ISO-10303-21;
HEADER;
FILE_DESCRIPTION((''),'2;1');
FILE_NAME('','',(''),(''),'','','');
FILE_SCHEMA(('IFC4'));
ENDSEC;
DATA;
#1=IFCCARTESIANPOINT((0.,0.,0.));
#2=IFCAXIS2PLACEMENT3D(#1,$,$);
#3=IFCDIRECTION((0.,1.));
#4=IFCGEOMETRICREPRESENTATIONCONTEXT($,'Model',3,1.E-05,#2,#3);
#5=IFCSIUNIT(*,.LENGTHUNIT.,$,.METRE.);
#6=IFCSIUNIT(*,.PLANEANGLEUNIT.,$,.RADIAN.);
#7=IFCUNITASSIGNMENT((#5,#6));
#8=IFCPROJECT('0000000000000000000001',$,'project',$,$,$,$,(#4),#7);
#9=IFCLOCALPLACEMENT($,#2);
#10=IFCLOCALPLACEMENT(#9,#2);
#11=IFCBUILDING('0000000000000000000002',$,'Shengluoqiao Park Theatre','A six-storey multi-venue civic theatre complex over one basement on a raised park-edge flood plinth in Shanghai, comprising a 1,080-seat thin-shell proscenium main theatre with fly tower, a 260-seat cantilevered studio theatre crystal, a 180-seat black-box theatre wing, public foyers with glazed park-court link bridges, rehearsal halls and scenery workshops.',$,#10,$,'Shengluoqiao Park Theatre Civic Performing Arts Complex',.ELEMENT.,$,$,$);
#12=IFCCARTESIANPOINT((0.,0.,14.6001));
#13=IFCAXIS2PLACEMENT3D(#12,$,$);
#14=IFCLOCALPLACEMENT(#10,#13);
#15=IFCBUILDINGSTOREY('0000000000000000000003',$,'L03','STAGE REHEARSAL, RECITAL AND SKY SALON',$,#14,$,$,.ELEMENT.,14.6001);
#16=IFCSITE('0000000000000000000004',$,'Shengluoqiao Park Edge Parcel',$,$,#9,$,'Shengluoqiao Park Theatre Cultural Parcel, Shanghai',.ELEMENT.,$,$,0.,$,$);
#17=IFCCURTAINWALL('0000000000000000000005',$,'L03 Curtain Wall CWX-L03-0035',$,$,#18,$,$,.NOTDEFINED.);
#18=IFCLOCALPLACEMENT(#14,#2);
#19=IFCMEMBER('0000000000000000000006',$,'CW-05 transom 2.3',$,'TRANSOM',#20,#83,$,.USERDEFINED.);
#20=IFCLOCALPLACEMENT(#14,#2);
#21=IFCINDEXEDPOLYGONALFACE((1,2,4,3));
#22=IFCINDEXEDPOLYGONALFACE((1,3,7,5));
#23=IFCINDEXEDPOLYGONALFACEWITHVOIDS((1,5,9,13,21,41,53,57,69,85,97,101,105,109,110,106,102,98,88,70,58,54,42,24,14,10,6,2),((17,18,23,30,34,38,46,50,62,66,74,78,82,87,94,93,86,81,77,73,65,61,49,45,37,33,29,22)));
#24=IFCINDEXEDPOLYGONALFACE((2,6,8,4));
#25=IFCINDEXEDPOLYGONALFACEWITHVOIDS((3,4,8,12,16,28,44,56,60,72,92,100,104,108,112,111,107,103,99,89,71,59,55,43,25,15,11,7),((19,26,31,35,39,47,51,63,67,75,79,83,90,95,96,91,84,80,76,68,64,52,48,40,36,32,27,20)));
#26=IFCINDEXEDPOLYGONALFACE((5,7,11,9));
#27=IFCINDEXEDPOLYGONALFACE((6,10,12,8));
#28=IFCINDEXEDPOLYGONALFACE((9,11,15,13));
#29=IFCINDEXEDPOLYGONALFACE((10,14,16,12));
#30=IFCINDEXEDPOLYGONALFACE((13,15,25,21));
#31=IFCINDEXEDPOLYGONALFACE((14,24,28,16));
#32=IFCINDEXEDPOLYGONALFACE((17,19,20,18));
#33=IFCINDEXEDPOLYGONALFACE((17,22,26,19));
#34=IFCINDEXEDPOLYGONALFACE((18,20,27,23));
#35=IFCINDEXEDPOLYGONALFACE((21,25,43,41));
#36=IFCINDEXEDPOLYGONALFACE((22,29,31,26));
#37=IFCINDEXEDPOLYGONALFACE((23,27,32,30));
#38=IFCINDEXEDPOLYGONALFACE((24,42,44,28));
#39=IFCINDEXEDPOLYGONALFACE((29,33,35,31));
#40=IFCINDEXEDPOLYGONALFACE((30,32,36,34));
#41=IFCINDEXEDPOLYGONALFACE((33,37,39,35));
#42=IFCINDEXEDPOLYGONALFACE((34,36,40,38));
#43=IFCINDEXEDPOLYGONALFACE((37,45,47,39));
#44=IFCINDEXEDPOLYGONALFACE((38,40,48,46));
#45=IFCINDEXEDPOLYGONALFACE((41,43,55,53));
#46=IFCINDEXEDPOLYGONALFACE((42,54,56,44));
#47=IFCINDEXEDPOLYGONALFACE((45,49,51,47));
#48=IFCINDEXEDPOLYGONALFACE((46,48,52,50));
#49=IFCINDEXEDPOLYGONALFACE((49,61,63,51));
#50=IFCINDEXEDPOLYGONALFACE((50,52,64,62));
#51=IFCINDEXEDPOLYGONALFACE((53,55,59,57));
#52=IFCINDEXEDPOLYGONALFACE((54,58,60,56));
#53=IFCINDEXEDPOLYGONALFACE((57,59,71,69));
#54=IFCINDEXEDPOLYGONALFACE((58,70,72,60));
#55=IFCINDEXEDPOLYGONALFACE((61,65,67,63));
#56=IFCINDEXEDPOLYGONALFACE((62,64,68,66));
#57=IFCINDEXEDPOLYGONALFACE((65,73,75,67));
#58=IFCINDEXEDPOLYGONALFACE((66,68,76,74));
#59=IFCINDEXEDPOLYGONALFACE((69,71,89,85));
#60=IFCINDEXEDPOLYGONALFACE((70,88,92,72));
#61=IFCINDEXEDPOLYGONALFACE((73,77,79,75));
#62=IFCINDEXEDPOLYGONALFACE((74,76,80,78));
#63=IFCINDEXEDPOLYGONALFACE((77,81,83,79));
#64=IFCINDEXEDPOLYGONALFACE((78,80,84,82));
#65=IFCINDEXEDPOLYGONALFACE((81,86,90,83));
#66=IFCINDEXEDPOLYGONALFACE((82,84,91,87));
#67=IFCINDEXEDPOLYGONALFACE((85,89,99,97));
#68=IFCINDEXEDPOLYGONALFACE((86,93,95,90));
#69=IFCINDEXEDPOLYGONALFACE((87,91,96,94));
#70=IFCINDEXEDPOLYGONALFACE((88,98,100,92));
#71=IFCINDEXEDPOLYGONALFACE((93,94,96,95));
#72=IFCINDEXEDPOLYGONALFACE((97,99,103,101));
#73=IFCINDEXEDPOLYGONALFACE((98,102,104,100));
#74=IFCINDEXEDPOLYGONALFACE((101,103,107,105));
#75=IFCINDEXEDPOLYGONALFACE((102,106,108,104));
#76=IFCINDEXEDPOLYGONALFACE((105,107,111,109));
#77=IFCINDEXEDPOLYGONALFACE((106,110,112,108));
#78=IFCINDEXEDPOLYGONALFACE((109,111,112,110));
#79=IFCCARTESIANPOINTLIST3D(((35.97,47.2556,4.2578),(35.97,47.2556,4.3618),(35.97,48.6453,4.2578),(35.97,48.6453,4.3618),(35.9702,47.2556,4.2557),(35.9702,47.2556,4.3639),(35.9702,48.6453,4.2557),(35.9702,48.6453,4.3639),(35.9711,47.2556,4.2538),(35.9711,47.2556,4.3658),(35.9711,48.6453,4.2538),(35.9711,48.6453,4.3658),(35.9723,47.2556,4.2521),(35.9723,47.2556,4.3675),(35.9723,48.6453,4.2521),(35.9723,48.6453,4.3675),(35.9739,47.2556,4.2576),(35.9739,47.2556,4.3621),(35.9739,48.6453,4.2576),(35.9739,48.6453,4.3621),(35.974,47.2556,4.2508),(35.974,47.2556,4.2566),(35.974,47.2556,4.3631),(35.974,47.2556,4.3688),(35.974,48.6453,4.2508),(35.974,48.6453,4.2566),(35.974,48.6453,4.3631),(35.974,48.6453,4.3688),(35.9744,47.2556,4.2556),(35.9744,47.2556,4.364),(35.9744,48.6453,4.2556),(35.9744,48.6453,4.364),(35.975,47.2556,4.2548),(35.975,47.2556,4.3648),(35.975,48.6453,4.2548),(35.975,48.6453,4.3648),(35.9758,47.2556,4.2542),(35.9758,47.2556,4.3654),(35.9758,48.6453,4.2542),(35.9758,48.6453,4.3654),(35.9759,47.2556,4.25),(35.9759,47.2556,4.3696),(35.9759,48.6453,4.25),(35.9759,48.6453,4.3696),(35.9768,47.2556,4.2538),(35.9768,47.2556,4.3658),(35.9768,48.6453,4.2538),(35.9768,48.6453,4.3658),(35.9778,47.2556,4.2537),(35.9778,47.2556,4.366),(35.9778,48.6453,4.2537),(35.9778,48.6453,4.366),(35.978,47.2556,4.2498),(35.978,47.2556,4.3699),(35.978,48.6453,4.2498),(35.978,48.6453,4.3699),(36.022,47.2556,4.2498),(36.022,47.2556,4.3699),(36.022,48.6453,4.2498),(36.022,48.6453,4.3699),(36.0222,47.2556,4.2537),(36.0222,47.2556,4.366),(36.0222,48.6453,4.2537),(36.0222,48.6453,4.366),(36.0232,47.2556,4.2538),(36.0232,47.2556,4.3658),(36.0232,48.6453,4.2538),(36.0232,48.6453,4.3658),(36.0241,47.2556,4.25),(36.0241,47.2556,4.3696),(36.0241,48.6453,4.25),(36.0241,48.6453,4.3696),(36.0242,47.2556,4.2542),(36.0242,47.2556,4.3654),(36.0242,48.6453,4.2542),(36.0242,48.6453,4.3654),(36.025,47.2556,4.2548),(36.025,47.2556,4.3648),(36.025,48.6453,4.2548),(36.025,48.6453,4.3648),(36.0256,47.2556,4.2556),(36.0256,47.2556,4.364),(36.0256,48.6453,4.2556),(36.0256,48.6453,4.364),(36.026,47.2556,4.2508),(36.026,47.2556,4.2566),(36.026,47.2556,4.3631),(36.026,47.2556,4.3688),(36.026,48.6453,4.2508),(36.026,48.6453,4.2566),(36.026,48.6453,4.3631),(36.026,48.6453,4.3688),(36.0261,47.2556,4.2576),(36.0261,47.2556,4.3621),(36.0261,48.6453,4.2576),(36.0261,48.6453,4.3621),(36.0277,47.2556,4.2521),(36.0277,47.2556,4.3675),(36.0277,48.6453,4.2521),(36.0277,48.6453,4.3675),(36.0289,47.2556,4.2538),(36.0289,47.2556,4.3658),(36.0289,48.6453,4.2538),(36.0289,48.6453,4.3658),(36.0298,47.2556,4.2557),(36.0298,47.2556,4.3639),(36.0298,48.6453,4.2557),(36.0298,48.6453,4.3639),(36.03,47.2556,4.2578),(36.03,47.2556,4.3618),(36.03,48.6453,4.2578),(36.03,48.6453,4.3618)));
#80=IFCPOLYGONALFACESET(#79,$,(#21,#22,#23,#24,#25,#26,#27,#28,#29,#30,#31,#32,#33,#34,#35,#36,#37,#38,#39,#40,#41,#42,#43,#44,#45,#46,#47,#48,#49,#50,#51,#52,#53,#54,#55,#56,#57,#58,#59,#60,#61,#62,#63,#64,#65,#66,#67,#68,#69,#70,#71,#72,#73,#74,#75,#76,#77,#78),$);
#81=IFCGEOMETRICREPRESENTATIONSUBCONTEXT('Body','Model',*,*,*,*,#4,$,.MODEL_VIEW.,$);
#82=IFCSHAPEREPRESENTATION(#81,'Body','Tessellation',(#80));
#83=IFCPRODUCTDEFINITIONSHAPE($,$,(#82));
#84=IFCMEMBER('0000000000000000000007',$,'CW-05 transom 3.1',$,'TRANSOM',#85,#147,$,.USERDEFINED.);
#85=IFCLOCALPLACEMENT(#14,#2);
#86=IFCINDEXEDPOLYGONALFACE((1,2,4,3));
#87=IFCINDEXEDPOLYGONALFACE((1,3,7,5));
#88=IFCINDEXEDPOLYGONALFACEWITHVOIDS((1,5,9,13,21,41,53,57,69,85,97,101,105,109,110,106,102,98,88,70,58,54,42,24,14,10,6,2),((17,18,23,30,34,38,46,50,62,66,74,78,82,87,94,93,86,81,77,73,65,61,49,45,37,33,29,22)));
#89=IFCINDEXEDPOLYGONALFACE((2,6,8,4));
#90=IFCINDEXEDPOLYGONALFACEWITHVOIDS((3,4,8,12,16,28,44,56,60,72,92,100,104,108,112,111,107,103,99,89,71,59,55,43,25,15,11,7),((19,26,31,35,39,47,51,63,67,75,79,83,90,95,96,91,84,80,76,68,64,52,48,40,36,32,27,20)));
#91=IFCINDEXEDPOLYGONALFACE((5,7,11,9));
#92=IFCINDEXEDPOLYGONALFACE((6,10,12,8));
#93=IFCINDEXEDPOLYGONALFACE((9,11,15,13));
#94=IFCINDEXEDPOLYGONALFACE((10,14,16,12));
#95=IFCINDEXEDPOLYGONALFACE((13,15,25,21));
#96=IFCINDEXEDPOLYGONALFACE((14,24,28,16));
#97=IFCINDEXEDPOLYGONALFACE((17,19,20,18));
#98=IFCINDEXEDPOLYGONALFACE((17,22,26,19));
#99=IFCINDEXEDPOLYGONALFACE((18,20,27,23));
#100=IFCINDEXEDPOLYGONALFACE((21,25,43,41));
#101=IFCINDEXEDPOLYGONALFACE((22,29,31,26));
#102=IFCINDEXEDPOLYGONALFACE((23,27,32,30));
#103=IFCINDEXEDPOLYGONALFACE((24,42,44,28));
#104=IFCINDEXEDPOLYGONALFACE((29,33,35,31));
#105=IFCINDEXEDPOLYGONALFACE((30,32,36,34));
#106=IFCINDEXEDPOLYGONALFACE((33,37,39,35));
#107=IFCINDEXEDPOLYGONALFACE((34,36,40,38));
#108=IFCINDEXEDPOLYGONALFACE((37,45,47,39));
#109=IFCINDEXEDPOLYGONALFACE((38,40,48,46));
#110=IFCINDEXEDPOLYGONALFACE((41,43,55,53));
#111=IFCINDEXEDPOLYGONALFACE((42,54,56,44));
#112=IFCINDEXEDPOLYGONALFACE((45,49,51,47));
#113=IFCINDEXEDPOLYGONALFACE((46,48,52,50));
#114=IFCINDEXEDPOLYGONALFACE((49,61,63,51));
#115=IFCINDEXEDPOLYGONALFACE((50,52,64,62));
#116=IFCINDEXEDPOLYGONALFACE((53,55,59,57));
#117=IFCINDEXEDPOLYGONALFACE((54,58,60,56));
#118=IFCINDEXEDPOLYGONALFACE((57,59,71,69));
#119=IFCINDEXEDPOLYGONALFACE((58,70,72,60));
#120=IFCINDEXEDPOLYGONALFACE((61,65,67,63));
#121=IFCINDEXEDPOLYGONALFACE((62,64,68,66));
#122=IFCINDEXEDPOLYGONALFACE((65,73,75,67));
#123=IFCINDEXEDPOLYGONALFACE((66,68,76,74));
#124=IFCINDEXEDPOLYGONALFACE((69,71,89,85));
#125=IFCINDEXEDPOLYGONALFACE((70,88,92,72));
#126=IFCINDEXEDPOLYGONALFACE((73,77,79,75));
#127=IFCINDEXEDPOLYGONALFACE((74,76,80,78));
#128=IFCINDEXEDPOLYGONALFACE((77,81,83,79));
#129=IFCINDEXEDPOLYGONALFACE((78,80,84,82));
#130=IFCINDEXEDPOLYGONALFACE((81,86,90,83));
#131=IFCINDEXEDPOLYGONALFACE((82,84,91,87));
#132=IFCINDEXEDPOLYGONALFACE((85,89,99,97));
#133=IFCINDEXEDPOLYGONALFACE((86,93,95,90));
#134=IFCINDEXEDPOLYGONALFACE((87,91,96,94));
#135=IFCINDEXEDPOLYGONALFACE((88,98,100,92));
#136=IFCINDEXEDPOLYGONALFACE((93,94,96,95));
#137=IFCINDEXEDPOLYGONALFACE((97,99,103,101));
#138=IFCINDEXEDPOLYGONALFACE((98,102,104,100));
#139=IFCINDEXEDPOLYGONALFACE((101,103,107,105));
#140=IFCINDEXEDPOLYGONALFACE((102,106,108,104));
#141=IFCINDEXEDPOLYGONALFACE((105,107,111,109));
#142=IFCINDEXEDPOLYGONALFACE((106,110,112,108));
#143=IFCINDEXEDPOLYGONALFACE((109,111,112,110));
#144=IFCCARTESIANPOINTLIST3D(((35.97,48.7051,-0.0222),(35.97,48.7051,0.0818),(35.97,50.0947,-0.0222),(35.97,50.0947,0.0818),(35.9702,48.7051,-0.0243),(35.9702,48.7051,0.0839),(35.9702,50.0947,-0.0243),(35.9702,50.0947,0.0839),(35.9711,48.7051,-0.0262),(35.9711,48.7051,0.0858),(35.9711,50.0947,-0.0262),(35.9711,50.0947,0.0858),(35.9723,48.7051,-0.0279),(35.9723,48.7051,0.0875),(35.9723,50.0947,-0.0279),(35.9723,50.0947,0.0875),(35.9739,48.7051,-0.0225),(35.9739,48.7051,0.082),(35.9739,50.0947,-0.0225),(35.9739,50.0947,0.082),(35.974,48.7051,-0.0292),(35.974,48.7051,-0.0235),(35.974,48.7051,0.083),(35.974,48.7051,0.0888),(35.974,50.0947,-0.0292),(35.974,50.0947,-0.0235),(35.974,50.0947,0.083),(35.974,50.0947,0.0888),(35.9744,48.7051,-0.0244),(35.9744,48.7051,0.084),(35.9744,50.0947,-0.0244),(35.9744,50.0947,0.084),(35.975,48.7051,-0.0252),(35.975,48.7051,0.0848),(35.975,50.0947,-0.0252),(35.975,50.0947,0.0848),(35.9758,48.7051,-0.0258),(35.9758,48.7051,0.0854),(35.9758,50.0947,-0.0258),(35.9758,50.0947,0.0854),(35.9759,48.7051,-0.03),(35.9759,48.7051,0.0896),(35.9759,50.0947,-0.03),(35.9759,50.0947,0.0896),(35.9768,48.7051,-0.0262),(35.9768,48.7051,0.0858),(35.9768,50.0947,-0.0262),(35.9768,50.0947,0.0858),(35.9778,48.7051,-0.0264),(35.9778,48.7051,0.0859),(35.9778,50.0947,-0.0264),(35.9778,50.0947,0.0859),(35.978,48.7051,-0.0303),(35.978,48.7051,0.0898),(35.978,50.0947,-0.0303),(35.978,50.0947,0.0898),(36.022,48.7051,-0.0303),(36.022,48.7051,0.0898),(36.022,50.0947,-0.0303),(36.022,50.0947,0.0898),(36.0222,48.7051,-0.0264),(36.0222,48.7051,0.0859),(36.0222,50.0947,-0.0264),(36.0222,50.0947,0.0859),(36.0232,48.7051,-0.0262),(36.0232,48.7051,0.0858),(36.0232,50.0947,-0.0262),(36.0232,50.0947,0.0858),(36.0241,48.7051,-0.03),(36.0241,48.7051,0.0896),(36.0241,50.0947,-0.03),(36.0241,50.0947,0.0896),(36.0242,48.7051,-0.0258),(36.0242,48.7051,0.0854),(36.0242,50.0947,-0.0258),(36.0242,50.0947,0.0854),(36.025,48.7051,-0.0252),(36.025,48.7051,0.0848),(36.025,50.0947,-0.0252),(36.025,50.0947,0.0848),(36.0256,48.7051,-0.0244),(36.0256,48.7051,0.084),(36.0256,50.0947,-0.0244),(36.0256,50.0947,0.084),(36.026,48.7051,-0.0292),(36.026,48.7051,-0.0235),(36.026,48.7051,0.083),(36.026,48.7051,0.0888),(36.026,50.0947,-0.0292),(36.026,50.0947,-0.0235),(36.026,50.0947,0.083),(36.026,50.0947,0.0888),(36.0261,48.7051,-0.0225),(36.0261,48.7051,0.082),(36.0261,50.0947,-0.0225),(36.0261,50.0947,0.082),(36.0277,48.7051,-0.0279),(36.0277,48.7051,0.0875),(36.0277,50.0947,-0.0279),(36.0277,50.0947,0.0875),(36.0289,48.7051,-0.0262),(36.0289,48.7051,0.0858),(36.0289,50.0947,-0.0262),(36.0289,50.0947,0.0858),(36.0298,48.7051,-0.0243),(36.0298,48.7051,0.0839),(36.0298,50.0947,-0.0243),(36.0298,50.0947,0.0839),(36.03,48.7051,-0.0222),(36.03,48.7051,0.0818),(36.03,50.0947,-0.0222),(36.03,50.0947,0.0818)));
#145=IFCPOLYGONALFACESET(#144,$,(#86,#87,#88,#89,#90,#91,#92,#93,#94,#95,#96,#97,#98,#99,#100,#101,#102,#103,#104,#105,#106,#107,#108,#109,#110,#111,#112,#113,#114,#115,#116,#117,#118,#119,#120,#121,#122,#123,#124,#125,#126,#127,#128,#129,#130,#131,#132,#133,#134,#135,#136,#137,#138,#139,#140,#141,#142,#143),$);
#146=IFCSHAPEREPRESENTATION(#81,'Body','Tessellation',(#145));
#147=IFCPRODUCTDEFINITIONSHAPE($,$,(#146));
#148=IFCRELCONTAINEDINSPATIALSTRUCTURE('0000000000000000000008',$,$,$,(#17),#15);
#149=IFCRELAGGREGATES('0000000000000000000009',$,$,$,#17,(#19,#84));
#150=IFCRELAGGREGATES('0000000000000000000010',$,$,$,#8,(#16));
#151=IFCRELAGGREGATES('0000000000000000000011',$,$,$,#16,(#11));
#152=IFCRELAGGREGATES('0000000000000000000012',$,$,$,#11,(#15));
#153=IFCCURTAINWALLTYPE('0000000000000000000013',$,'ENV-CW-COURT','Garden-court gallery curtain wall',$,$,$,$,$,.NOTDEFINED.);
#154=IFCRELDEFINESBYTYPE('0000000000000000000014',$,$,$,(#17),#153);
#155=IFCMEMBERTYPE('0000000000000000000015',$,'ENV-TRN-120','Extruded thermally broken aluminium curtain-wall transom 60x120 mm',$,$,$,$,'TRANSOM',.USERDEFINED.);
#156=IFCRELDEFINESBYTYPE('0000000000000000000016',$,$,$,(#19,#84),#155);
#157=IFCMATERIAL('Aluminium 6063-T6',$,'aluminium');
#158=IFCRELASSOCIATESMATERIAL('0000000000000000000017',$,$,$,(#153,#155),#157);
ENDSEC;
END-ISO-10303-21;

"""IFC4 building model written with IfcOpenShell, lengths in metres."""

from ifc_helpers import new_model, si_unit, direction, frame, origin, origin_2d, place, context, subcontext, project, spatial, hollow_rectangle, extrude, material, material_profile, profile_set, type_object, element, aggregate, save


model = new_model("IFC4")

# Units and contexts
model_context = context("Model", 3, precision=1e-05, world=origin(), true_north=direction((0.0, 1.0)))
body_context = subcontext(model_context, "Body", "Model", "MODEL_VIEW")
ifc_project = project(units=[si_unit("LENGTHUNIT", "METRE"), si_unit("PLANEANGLEUNIT", "RADIAN")], contexts=[model_context])

# Site, building, storey
site_placement = place(None, origin())
site = spatial("IfcSite", under=ifc_project, at=site_placement, Name="Shengluoqiao Park Edge Parcel", LongName="Shengluoqiao Park Theatre Cultural Parcel, Shanghai", CompositionType="ELEMENT", RefElevation=0.0)
building_placement = place(site_placement, origin())
building = spatial("IfcBuilding", under=site, at=building_placement, Name="Shengluoqiao Park Theatre", Description="A six-storey multi-venue civic theatre complex over one basement on a raised park-edge flood plinth in Shanghai, comprising a 1,080-seat thin-shell proscenium main theatre with fly tower, a 260-seat cantilevered studio theatre crystal, a 180-seat black-box theatre wing, public foyers with glazed park-court link bridges, rehearsal halls and scenery workshops.", LongName="Shengluoqiao Park Theatre Civic Performing Arts Complex", CompositionType="ELEMENT")
storey_placement = place(building_placement, frame((0.0, 0.0, 14.6001)))
storey = spatial("IfcBuildingStorey", under=building, at=storey_placement, Name="L03", Description="STAGE REHEARSAL, RECITAL AND SKY SALON", CompositionType="ELEMENT", Elevation=14.6001)

# Curtain wall, members
ifc_material_1 = material(Name="Aluminium 6063-T6", Category="aluminium")
curtain_wall_type = type_object("IfcCurtainWallType", Name="ENV-CW-COURT", Description="Garden-court gallery curtain wall", PredefinedType="NOTDEFINED", material=ifc_material_1)
curtain_wall_placement = place(storey_placement, origin())
curtain_wall = element("IfcCurtainWall", 1, at=curtain_wall_placement, inside=storey, type_object=curtain_wall_type, Name="L03 Curtain Wall CWX-L03-0035", PredefinedType="NOTDEFINED")
ifc_material_profile_1 = material_profile(ifc_material_1, hollow_rectangle(XDim=0.0601, YDim=0.1201, WallThickness=0.0039, InnerFilletRadius=0.0039, OuterFilletRadius=0.0081, at=origin_2d()), Name="ALU TRANSOM 120x60x4")
ifc_profile_set_1 = profile_set([ifc_material_profile_1], Name="Aluminium 6063-T6")
member_type_1 = type_object("IfcMemberType", Name="ENV-TRN-120", Description="Extruded thermally broken aluminium curtain-wall transom 60x120 mm", ElementType="TRANSOM", PredefinedType="USERDEFINED", material=ifc_profile_set_1)
member_1_placement = place(storey_placement, frame((36.0, 47.2556, 4.3098), z_axis=(0.0, 1.0, 0.0), x_axis=(-1.0, 0.0, 0.0)))
member_1 = element("IfcMember", 2, at=member_1_placement, type_object=member_type_1, Name="CW-05 transom 2.3", ObjectType="TRANSOM", PredefinedType="USERDEFINED", context=body_context, shape_type="SweptSolid", body=[
    extrude(hollow_rectangle(XDim=0.0601, YDim=0.1201, WallThickness=0.0039, InnerFilletRadius=0.0039, OuterFilletRadius=0.0081, at=origin_2d()), origin(), (0.0, 0.0, 1.0), 1.3896),
])
member_2_placement = place(storey_placement, frame((36.0, 48.7051, 0.0298), z_axis=(0.0, 1.0, 0.0), x_axis=(-1.0, 0.0, 0.0)))
member_2 = element("IfcMember", 3, at=member_2_placement, type_object=member_type_1, Name="CW-05 transom 3.1", ObjectType="TRANSOM", PredefinedType="USERDEFINED", context=body_context, shape_type="SweptSolid", body=[
    extrude(hollow_rectangle(XDim=0.0601, YDim=0.1201, WallThickness=0.0039, InnerFilletRadius=0.0039, OuterFilletRadius=0.0081, at=origin_2d()), origin(), (0.0, 0.0, 1.0), 1.3896),
])

aggregate(curtain_wall, [member_1, member_2])

save(model, "model.ifc")
